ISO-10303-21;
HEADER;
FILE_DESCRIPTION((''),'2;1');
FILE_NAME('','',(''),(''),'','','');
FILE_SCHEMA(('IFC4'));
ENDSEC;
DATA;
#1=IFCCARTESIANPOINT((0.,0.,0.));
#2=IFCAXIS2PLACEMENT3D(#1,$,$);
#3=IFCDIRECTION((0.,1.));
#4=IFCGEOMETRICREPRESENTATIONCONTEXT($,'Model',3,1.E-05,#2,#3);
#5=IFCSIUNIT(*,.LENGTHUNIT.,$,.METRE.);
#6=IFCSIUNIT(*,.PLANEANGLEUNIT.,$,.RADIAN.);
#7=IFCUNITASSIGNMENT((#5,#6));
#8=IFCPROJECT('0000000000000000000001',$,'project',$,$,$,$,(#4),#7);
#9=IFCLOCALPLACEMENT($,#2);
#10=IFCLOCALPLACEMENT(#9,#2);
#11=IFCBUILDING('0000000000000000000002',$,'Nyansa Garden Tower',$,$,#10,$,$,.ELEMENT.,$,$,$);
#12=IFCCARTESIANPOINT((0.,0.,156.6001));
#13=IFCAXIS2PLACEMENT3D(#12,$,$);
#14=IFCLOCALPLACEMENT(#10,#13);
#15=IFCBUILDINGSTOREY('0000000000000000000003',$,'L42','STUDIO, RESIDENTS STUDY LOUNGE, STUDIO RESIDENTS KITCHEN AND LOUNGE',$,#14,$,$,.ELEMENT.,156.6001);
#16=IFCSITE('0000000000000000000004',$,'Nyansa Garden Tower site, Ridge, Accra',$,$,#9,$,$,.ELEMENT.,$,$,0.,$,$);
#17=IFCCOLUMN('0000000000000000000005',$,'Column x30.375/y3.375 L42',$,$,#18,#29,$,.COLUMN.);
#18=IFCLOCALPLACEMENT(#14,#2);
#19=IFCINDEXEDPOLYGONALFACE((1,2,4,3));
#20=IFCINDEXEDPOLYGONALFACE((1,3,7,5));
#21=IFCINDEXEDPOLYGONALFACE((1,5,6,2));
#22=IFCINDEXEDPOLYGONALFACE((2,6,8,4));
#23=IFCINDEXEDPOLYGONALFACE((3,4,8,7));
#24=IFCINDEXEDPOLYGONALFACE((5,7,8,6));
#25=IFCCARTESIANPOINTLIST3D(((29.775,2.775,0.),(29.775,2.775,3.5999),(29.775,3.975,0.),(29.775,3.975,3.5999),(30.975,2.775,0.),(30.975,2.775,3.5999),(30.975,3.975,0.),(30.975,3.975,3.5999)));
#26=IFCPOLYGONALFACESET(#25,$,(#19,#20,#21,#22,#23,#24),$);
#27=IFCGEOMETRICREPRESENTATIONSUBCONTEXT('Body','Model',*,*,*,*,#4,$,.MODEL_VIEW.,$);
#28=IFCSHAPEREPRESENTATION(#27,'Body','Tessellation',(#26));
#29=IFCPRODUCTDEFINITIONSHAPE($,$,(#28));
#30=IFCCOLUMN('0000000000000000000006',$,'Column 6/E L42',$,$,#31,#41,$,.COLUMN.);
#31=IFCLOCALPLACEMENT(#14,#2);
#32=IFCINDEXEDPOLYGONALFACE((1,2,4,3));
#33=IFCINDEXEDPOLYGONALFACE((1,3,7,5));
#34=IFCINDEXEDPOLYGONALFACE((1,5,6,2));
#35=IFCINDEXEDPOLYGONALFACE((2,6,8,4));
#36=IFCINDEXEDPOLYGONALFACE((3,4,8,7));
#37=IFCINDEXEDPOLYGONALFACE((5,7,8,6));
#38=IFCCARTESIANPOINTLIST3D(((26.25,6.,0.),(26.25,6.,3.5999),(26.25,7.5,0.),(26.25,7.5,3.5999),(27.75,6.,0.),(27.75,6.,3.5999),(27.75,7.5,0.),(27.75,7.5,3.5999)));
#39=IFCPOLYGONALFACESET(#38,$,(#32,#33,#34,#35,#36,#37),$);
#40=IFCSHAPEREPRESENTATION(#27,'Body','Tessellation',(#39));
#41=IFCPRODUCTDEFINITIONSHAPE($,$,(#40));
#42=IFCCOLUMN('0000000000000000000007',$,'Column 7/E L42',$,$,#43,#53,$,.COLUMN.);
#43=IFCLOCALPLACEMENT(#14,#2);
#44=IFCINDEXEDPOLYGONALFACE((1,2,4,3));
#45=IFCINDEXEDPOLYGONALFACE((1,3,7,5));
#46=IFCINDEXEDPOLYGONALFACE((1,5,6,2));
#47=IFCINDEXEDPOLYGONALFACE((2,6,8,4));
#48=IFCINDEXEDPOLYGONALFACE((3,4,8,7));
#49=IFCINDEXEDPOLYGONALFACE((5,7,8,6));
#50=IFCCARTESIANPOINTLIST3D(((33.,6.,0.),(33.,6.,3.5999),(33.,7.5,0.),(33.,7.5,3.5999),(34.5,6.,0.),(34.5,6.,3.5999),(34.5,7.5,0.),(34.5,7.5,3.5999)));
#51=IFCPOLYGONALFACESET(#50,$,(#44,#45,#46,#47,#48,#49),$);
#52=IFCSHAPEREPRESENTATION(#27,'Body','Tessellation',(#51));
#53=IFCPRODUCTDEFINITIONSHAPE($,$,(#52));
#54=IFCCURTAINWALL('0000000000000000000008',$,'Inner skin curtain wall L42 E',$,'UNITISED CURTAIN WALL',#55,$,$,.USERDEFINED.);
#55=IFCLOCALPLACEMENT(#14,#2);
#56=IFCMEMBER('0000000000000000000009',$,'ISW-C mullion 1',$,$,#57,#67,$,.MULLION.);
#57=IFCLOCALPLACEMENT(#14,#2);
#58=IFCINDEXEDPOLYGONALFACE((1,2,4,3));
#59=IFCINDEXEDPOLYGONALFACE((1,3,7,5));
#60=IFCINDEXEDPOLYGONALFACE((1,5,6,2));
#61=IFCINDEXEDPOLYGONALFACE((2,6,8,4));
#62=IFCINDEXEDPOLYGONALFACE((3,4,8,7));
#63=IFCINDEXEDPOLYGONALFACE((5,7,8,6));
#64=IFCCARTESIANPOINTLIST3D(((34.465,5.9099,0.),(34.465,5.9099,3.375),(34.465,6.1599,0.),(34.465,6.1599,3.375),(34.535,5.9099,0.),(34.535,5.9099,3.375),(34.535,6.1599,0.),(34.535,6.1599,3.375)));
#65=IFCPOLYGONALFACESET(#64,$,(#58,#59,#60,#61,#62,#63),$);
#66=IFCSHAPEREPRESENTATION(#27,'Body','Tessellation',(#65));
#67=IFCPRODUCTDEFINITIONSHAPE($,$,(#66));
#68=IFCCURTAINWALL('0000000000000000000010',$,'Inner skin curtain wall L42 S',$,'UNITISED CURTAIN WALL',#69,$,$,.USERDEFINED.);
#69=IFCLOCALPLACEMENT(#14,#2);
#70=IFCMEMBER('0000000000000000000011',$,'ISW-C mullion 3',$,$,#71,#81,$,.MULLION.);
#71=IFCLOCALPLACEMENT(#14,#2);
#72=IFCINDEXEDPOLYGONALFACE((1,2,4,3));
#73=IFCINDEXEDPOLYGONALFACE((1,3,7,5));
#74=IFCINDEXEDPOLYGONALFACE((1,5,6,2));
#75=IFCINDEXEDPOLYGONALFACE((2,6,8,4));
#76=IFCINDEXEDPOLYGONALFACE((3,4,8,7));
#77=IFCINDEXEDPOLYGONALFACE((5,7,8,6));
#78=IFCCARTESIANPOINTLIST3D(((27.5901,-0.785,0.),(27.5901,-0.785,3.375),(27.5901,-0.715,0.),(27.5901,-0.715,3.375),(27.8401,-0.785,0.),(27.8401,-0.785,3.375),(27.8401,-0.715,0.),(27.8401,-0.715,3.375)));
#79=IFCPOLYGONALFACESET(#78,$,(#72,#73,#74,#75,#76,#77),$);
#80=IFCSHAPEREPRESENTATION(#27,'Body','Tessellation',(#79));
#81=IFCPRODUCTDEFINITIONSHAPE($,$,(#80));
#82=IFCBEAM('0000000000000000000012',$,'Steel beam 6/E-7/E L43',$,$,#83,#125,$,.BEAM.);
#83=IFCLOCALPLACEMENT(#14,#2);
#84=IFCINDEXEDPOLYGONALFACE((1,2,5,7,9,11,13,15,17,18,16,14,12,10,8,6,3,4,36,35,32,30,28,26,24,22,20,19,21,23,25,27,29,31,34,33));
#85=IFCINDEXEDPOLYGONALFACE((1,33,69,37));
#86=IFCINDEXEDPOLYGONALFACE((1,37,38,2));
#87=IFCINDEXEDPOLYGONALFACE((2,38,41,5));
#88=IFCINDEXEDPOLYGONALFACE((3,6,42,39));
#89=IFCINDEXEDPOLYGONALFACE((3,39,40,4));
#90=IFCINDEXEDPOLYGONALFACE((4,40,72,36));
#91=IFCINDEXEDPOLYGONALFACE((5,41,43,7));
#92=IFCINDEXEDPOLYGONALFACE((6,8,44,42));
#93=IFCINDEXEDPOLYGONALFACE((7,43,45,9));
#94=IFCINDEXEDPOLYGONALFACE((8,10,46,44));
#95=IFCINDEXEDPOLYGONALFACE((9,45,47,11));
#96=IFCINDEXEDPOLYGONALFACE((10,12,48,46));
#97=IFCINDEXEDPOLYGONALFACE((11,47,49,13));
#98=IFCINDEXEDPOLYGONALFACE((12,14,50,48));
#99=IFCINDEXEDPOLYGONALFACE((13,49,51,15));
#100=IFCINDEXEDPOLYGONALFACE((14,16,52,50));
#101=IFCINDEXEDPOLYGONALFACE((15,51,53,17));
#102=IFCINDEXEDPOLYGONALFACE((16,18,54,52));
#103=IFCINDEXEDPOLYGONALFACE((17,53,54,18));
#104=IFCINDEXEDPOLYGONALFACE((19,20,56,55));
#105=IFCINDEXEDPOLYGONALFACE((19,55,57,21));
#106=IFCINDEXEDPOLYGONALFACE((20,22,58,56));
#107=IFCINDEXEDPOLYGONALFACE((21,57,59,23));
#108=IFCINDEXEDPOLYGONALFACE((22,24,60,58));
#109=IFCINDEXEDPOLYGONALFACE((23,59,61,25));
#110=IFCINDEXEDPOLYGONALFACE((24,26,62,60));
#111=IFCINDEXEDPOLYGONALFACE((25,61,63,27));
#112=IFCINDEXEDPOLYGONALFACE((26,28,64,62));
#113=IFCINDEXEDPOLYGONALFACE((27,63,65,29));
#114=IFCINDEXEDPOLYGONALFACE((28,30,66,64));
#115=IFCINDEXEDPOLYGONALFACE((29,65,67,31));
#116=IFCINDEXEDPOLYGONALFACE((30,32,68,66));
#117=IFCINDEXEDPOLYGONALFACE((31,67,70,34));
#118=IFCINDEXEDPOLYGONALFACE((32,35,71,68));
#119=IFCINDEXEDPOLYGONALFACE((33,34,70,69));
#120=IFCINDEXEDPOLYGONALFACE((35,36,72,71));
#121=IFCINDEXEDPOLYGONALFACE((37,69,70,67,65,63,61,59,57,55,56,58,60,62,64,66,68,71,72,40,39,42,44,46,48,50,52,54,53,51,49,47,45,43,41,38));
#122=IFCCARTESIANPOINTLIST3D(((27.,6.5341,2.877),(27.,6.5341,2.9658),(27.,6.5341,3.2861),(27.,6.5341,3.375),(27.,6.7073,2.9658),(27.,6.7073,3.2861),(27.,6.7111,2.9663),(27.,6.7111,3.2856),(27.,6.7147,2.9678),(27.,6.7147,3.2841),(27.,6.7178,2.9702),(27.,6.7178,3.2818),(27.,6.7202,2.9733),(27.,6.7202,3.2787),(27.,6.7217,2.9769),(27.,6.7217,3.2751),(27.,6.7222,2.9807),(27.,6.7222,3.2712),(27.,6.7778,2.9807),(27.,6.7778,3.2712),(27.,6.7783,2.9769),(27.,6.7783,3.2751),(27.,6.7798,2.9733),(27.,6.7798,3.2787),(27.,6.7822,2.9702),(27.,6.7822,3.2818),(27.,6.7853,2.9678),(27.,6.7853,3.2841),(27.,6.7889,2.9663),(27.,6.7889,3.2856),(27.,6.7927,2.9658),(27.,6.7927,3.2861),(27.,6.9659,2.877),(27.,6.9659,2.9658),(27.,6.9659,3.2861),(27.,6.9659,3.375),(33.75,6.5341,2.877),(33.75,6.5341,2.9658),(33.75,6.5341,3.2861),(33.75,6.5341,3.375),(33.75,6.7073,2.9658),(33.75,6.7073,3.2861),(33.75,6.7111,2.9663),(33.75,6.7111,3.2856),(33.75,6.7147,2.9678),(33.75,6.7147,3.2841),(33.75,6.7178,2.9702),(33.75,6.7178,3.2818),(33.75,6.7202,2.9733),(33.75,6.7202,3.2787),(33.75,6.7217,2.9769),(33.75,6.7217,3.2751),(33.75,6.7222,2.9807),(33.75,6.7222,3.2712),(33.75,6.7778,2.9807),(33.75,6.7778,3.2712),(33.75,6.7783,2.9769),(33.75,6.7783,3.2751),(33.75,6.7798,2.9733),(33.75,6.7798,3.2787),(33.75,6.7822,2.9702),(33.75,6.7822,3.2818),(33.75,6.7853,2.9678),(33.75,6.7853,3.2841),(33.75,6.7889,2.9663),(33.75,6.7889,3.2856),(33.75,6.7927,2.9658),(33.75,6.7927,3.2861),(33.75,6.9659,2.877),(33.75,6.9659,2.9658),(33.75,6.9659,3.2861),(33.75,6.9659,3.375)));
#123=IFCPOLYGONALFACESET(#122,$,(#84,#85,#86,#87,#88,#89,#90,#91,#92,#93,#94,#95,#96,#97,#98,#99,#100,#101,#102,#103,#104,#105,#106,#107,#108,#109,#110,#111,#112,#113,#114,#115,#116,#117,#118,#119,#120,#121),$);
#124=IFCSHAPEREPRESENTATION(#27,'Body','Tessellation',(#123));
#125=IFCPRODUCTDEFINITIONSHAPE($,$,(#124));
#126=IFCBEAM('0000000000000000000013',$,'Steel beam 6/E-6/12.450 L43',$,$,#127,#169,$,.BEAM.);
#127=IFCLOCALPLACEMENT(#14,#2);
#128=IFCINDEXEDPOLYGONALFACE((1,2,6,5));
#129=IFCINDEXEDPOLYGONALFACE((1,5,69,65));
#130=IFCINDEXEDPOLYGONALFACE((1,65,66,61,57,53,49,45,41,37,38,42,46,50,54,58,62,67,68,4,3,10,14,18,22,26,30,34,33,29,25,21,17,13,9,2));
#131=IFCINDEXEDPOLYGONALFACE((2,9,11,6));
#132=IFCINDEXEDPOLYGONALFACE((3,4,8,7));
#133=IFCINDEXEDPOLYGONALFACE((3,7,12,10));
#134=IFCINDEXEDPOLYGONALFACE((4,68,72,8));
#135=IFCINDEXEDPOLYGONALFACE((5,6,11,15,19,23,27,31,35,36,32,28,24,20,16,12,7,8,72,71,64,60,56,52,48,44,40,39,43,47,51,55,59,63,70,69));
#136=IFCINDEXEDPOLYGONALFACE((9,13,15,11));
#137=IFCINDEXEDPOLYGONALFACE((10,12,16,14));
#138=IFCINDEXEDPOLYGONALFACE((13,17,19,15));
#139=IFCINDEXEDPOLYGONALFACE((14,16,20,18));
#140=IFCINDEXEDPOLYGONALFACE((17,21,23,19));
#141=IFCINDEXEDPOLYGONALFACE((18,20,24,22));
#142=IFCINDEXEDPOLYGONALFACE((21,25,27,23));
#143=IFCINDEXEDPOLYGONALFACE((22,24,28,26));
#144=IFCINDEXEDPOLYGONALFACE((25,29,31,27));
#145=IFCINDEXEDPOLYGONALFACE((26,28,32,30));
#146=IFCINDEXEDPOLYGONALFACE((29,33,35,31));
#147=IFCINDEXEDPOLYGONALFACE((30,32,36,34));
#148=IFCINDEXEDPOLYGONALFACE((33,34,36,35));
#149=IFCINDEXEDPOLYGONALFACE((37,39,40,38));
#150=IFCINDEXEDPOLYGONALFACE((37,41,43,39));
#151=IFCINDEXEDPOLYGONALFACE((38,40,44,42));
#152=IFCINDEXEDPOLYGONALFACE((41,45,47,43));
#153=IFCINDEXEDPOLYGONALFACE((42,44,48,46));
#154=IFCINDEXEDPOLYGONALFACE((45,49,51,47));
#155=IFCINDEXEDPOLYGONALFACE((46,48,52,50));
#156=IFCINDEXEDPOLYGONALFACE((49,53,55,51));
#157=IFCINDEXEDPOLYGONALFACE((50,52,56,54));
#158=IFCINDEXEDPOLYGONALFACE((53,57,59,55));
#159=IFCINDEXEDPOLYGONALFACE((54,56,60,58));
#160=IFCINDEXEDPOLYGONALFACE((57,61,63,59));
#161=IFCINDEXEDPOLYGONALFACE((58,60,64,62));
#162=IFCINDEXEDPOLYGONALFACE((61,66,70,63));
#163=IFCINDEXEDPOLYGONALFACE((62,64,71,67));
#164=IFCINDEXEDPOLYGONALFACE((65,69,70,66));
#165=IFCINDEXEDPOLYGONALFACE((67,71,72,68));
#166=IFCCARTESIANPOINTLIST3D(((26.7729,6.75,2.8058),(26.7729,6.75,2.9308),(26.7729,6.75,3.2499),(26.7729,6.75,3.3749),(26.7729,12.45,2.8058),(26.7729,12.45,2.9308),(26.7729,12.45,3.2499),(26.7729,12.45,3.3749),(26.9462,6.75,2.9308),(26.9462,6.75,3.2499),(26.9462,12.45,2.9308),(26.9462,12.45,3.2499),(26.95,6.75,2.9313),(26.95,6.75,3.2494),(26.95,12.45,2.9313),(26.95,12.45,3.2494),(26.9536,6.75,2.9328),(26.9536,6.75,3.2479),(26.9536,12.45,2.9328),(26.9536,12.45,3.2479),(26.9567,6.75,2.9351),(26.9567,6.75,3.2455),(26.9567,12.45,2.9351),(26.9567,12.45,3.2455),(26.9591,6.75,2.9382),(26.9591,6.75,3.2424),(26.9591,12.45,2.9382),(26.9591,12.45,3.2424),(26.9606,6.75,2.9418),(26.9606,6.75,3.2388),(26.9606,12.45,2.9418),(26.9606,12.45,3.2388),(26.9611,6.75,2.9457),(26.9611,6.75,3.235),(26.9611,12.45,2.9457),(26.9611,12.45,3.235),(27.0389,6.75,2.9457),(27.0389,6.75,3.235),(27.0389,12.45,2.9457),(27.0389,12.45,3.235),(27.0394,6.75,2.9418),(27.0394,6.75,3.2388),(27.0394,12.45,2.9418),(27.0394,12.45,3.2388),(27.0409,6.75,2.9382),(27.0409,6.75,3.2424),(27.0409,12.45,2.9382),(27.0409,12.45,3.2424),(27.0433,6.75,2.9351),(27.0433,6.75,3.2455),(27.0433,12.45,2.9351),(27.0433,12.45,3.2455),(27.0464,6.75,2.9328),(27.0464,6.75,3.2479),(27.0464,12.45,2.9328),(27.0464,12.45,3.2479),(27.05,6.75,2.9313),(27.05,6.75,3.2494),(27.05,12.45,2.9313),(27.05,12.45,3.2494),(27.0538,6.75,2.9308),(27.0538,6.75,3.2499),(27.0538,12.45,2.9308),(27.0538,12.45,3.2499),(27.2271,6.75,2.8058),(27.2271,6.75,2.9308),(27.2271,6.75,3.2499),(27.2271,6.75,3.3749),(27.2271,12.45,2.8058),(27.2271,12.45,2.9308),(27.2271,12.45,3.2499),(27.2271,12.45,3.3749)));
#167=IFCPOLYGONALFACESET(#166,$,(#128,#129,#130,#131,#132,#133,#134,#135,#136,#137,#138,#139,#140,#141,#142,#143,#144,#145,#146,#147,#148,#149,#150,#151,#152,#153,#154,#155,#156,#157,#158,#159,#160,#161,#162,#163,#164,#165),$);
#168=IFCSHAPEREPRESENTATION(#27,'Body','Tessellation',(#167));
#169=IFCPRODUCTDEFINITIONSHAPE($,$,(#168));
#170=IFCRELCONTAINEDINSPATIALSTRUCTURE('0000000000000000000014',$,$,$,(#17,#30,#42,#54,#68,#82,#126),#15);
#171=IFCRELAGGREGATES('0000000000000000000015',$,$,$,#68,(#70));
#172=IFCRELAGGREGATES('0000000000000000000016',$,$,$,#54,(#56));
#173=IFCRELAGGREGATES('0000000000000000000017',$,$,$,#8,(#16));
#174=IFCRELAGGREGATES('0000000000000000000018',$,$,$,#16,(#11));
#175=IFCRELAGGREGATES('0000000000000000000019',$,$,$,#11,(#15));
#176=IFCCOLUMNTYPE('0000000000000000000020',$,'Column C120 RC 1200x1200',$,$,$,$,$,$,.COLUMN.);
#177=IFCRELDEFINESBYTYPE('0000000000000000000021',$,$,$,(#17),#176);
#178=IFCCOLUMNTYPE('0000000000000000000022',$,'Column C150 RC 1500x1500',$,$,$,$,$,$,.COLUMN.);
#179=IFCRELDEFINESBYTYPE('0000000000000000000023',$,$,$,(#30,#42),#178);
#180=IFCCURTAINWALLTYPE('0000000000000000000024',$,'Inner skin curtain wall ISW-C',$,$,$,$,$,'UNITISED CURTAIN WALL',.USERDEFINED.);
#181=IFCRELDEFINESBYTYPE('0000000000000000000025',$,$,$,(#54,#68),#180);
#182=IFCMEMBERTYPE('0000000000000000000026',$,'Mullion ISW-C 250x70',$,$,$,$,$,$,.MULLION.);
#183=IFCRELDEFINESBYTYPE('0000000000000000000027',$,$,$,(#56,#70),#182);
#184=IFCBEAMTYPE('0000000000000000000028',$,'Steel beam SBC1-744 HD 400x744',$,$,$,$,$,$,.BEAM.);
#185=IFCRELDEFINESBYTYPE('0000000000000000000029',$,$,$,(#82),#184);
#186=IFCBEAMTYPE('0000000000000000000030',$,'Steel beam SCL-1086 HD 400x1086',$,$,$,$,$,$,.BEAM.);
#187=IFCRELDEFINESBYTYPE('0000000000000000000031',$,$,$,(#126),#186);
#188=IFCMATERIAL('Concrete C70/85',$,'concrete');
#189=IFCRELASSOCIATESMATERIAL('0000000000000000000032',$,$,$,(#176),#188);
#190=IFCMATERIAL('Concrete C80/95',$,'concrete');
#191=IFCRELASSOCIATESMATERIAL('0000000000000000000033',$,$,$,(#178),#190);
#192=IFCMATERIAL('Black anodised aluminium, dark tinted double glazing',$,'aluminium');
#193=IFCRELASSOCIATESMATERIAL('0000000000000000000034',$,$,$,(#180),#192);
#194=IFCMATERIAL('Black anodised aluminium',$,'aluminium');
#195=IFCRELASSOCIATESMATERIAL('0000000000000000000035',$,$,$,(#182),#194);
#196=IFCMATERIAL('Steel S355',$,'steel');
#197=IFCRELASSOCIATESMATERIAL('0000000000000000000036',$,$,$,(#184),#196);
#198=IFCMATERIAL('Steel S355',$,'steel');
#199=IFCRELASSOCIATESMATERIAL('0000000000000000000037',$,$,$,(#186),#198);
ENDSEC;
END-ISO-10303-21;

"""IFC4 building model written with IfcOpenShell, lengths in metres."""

from ifc_helpers import new_model, si_unit, direction, frame, origin, origin_2d, place, context, subcontext, project, spatial, rectangle, i_section, extrude, material, material_profile, profile_set, type_object, element, aggregate, save


model = new_model("IFC4")

# Units and contexts
model_context = context("Model", 3, precision=1e-05, world=origin(), true_north=direction((0.0, 1.0)))
body_context = subcontext(model_context, "Body", "Model", "MODEL_VIEW")
ifc_project = project(units=[si_unit("LENGTHUNIT", "METRE"), si_unit("PLANEANGLEUNIT", "RADIAN")], contexts=[model_context])

# Site, building, storey
site_placement = place(None, origin())
site = spatial("IfcSite", under=ifc_project, at=site_placement, Name="Nyansa Garden Tower site, Ridge, Accra", CompositionType="ELEMENT", RefElevation=0.0)
building_placement = place(site_placement, origin())
building = spatial("IfcBuilding", under=site, at=building_placement, Name="Nyansa Garden Tower", CompositionType="ELEMENT")
storey_placement = place(building_placement, frame((0.0, 0.0, 156.6001)))
storey = spatial("IfcBuildingStorey", under=building, at=storey_placement, Name="L42", Description="STUDIO, RESIDENTS STUDY LOUNGE, STUDIO RESIDENTS KITCHEN AND LOUNGE", CompositionType="ELEMENT", Elevation=156.6001)

# Columns
ifc_material_1 = material(Name="Concrete C70/85", Category="concrete")
ifc_material_profile_1 = material_profile(ifc_material_1, rectangle(XDim=1.2, YDim=1.2, at=origin_2d()), Name="RC 1200x1200")
ifc_profile_set_1 = profile_set([ifc_material_profile_1], Name="Concrete C70/85")
column_type_1 = type_object("IfcColumnType", Name="Column C120 RC 1200x1200", PredefinedType="COLUMN", material=ifc_profile_set_1)
column_placement = place(storey_placement, frame((30.375, 3.375, 0.0), z_axis=(0.0, 0.0, 1.0), x_axis=(1.0, 0.0, 0.0)))
element("IfcColumn", 1, at=column_placement, inside=storey, type_object=column_type_1, Name="Column x30.375/y3.375 L42", PredefinedType="COLUMN", context=body_context, shape_type="SweptSolid", body=[
    extrude(rectangle(XDim=1.2, YDim=1.2, at=origin_2d()), origin(), (0.0, 0.0, 1.0), 3.5999),
])
ifc_material_2 = material(Name="Concrete C80/95", Category="concrete")
ifc_material_profile_2 = material_profile(ifc_material_2, rectangle(XDim=1.5, YDim=1.5, at=origin_2d()), Name="RC 1500x1500")
ifc_profile_set_2 = profile_set([ifc_material_profile_2], Name="Concrete C80/95")
column_type_2 = type_object("IfcColumnType", Name="Column C150 RC 1500x1500", PredefinedType="COLUMN", material=ifc_profile_set_2)
for number, where, z_axis, x_axis, name in (
    (2, (27.0, 6.75, 0.0), (0.0, 0.0, 1.0), (1.0, 0.0, 0.0), "Column 6/E L42"),
    (3, (33.75, 6.75, 0.0), (0.0, 0.0, 1.0), (1.0, 0.0, 0.0), "Column 7/E L42"),
):
    element("IfcColumn", number, at=place(storey_placement, frame(where, z_axis=z_axis, x_axis=x_axis)), inside=storey, type_object=column_type_2, Name=name, PredefinedType="COLUMN", context=body_context, shape_type="SweptSolid", body=[
        extrude(rectangle(XDim=1.5, YDim=1.5, at=origin_2d()), origin(), (0.0, 0.0, 1.0), 3.5999),
    ])

# Curtain walls, members
ifc_material_3 = material(Name="Black anodised aluminium, dark tinted double glazing", Category="aluminium")
curtain_wall_type = type_object("IfcCurtainWallType", Name="Inner skin curtain wall ISW-C", ElementType="UNITISED CURTAIN WALL", PredefinedType="USERDEFINED", material=ifc_material_3)
curtain_wall_1_placement = place(storey_placement, origin())
curtain_wall_1 = element("IfcCurtainWall", 4, at=curtain_wall_1_placement, inside=storey, type_object=curtain_wall_type, Name="Inner skin curtain wall L42 E", ObjectType="UNITISED CURTAIN WALL", PredefinedType="USERDEFINED")
ifc_material_4 = material(Name="Black anodised aluminium", Category="aluminium")
ifc_material_profile_3 = material_profile(ifc_material_4, rectangle(XDim=0.0701, YDim=0.25, at=origin_2d()), Name="Mullion 250x70")
ifc_profile_set_3 = profile_set([ifc_material_profile_3], Name="Black anodised aluminium")
member_type_1 = type_object("IfcMemberType", Name="Mullion ISW-C 250x70", PredefinedType="MULLION", material=ifc_profile_set_3)
member_1_placement = place(storey_placement, frame((34.5, 6.0349, 0.0), z_axis=(0.0, 0.0, 1.0), x_axis=(-1.0, 0.0, 0.0)))
member_1 = element("IfcMember", 5, at=member_1_placement, type_object=member_type_1, Name="ISW-C mullion 1", PredefinedType="MULLION", context=body_context, shape_type="SweptSolid", body=[
    extrude(rectangle(XDim=0.0701, YDim=0.25, at=origin_2d()), origin(), (0.0, 0.0, 1.0), 3.375),
])
curtain_wall_2_placement = place(storey_placement, origin())
curtain_wall_2 = element("IfcCurtainWall", 6, at=curtain_wall_2_placement, inside=storey, type_object=curtain_wall_type, Name="Inner skin curtain wall L42 S", ObjectType="UNITISED CURTAIN WALL", PredefinedType="USERDEFINED")
member_2_placement = place(storey_placement, frame((27.7151, -0.75, 0.0), z_axis=(0.0, 0.0, 1.0), x_axis=(0.0, 1.0, 0.0)))
member_2 = element("IfcMember", 7, at=member_2_placement, type_object=member_type_1, Name="ISW-C mullion 3", PredefinedType="MULLION", context=body_context, shape_type="SweptSolid", body=[
    extrude(rectangle(XDim=0.0701, YDim=0.25, at=origin_2d()), origin(), (0.0, 0.0, 1.0), 3.375),
])
aggregate(curtain_wall_2, [member_2])

# Beams
ifc_material_5 = material(Name="Steel S355", Category="steel")
ifc_material_profile_4 = material_profile(ifc_material_5, i_section(OverallWidth=0.4319, OverallDepth=0.498, WebThickness=0.0557, FlangeThickness=0.0889, FilletRadius=0.0149, at=origin_2d()), Name="HD 400x744")
ifc_profile_set_4 = profile_set([ifc_material_profile_4], Name="Steel S355")
beam_type_1 = type_object("IfcBeamType", Name="Steel beam SBC1-744 HD 400x744", PredefinedType="BEAM", material=ifc_profile_set_4)
beam_1_placement = place(storey_placement, frame((27.0, 6.75, 3.126), z_axis=(1.0, 0.0, 0.0), x_axis=(0.0, 1.0, 0.0)))
element("IfcBeam", 8, at=beam_1_placement, inside=storey, type_object=beam_type_1, Name="Steel beam 6/E-7/E L43", PredefinedType="BEAM", context=body_context, shape_type="SweptSolid", body=[
    extrude(i_section(OverallWidth=0.4319, OverallDepth=0.498, WebThickness=0.0557, FlangeThickness=0.0889, FilletRadius=0.0149, at=origin_2d()), origin(), (0.0, 0.0, 1.0), 6.75),
])
ifc_material_6 = material(Name="Steel S355", Category="steel")
ifc_material_profile_5 = material_profile(ifc_material_6, i_section(OverallWidth=0.4541, OverallDepth=0.5691, WebThickness=0.0779, FlangeThickness=0.125, FilletRadius=0.0149, at=origin_2d()), Name="HD 400x1086")
ifc_profile_set_5 = profile_set([ifc_material_profile_5], Name="Steel S355")
beam_type_2 = type_object("IfcBeamType", Name="Steel beam SCL-1086 HD 400x1086", PredefinedType="BEAM", material=ifc_profile_set_5)
beam_2_placement = place(storey_placement, frame((27.0, 6.75, 3.0903), z_axis=(0.0, 1.0, 0.0), x_axis=(-1.0, 0.0, 0.0)))
element("IfcBeam", 9, at=beam_2_placement, inside=storey, type_object=beam_type_2, Name="Steel beam 6/E-6/12.450 L43", PredefinedType="BEAM", context=body_context, shape_type="SweptSolid", body=[
    extrude(i_section(OverallWidth=0.4541, OverallDepth=0.5691, WebThickness=0.0779, FlangeThickness=0.125, FilletRadius=0.0149, at=origin_2d()), origin(), (0.0, 0.0, 1.0), 5.7),
])

aggregate(curtain_wall_1, [member_1])

save(model, "model.ifc")
